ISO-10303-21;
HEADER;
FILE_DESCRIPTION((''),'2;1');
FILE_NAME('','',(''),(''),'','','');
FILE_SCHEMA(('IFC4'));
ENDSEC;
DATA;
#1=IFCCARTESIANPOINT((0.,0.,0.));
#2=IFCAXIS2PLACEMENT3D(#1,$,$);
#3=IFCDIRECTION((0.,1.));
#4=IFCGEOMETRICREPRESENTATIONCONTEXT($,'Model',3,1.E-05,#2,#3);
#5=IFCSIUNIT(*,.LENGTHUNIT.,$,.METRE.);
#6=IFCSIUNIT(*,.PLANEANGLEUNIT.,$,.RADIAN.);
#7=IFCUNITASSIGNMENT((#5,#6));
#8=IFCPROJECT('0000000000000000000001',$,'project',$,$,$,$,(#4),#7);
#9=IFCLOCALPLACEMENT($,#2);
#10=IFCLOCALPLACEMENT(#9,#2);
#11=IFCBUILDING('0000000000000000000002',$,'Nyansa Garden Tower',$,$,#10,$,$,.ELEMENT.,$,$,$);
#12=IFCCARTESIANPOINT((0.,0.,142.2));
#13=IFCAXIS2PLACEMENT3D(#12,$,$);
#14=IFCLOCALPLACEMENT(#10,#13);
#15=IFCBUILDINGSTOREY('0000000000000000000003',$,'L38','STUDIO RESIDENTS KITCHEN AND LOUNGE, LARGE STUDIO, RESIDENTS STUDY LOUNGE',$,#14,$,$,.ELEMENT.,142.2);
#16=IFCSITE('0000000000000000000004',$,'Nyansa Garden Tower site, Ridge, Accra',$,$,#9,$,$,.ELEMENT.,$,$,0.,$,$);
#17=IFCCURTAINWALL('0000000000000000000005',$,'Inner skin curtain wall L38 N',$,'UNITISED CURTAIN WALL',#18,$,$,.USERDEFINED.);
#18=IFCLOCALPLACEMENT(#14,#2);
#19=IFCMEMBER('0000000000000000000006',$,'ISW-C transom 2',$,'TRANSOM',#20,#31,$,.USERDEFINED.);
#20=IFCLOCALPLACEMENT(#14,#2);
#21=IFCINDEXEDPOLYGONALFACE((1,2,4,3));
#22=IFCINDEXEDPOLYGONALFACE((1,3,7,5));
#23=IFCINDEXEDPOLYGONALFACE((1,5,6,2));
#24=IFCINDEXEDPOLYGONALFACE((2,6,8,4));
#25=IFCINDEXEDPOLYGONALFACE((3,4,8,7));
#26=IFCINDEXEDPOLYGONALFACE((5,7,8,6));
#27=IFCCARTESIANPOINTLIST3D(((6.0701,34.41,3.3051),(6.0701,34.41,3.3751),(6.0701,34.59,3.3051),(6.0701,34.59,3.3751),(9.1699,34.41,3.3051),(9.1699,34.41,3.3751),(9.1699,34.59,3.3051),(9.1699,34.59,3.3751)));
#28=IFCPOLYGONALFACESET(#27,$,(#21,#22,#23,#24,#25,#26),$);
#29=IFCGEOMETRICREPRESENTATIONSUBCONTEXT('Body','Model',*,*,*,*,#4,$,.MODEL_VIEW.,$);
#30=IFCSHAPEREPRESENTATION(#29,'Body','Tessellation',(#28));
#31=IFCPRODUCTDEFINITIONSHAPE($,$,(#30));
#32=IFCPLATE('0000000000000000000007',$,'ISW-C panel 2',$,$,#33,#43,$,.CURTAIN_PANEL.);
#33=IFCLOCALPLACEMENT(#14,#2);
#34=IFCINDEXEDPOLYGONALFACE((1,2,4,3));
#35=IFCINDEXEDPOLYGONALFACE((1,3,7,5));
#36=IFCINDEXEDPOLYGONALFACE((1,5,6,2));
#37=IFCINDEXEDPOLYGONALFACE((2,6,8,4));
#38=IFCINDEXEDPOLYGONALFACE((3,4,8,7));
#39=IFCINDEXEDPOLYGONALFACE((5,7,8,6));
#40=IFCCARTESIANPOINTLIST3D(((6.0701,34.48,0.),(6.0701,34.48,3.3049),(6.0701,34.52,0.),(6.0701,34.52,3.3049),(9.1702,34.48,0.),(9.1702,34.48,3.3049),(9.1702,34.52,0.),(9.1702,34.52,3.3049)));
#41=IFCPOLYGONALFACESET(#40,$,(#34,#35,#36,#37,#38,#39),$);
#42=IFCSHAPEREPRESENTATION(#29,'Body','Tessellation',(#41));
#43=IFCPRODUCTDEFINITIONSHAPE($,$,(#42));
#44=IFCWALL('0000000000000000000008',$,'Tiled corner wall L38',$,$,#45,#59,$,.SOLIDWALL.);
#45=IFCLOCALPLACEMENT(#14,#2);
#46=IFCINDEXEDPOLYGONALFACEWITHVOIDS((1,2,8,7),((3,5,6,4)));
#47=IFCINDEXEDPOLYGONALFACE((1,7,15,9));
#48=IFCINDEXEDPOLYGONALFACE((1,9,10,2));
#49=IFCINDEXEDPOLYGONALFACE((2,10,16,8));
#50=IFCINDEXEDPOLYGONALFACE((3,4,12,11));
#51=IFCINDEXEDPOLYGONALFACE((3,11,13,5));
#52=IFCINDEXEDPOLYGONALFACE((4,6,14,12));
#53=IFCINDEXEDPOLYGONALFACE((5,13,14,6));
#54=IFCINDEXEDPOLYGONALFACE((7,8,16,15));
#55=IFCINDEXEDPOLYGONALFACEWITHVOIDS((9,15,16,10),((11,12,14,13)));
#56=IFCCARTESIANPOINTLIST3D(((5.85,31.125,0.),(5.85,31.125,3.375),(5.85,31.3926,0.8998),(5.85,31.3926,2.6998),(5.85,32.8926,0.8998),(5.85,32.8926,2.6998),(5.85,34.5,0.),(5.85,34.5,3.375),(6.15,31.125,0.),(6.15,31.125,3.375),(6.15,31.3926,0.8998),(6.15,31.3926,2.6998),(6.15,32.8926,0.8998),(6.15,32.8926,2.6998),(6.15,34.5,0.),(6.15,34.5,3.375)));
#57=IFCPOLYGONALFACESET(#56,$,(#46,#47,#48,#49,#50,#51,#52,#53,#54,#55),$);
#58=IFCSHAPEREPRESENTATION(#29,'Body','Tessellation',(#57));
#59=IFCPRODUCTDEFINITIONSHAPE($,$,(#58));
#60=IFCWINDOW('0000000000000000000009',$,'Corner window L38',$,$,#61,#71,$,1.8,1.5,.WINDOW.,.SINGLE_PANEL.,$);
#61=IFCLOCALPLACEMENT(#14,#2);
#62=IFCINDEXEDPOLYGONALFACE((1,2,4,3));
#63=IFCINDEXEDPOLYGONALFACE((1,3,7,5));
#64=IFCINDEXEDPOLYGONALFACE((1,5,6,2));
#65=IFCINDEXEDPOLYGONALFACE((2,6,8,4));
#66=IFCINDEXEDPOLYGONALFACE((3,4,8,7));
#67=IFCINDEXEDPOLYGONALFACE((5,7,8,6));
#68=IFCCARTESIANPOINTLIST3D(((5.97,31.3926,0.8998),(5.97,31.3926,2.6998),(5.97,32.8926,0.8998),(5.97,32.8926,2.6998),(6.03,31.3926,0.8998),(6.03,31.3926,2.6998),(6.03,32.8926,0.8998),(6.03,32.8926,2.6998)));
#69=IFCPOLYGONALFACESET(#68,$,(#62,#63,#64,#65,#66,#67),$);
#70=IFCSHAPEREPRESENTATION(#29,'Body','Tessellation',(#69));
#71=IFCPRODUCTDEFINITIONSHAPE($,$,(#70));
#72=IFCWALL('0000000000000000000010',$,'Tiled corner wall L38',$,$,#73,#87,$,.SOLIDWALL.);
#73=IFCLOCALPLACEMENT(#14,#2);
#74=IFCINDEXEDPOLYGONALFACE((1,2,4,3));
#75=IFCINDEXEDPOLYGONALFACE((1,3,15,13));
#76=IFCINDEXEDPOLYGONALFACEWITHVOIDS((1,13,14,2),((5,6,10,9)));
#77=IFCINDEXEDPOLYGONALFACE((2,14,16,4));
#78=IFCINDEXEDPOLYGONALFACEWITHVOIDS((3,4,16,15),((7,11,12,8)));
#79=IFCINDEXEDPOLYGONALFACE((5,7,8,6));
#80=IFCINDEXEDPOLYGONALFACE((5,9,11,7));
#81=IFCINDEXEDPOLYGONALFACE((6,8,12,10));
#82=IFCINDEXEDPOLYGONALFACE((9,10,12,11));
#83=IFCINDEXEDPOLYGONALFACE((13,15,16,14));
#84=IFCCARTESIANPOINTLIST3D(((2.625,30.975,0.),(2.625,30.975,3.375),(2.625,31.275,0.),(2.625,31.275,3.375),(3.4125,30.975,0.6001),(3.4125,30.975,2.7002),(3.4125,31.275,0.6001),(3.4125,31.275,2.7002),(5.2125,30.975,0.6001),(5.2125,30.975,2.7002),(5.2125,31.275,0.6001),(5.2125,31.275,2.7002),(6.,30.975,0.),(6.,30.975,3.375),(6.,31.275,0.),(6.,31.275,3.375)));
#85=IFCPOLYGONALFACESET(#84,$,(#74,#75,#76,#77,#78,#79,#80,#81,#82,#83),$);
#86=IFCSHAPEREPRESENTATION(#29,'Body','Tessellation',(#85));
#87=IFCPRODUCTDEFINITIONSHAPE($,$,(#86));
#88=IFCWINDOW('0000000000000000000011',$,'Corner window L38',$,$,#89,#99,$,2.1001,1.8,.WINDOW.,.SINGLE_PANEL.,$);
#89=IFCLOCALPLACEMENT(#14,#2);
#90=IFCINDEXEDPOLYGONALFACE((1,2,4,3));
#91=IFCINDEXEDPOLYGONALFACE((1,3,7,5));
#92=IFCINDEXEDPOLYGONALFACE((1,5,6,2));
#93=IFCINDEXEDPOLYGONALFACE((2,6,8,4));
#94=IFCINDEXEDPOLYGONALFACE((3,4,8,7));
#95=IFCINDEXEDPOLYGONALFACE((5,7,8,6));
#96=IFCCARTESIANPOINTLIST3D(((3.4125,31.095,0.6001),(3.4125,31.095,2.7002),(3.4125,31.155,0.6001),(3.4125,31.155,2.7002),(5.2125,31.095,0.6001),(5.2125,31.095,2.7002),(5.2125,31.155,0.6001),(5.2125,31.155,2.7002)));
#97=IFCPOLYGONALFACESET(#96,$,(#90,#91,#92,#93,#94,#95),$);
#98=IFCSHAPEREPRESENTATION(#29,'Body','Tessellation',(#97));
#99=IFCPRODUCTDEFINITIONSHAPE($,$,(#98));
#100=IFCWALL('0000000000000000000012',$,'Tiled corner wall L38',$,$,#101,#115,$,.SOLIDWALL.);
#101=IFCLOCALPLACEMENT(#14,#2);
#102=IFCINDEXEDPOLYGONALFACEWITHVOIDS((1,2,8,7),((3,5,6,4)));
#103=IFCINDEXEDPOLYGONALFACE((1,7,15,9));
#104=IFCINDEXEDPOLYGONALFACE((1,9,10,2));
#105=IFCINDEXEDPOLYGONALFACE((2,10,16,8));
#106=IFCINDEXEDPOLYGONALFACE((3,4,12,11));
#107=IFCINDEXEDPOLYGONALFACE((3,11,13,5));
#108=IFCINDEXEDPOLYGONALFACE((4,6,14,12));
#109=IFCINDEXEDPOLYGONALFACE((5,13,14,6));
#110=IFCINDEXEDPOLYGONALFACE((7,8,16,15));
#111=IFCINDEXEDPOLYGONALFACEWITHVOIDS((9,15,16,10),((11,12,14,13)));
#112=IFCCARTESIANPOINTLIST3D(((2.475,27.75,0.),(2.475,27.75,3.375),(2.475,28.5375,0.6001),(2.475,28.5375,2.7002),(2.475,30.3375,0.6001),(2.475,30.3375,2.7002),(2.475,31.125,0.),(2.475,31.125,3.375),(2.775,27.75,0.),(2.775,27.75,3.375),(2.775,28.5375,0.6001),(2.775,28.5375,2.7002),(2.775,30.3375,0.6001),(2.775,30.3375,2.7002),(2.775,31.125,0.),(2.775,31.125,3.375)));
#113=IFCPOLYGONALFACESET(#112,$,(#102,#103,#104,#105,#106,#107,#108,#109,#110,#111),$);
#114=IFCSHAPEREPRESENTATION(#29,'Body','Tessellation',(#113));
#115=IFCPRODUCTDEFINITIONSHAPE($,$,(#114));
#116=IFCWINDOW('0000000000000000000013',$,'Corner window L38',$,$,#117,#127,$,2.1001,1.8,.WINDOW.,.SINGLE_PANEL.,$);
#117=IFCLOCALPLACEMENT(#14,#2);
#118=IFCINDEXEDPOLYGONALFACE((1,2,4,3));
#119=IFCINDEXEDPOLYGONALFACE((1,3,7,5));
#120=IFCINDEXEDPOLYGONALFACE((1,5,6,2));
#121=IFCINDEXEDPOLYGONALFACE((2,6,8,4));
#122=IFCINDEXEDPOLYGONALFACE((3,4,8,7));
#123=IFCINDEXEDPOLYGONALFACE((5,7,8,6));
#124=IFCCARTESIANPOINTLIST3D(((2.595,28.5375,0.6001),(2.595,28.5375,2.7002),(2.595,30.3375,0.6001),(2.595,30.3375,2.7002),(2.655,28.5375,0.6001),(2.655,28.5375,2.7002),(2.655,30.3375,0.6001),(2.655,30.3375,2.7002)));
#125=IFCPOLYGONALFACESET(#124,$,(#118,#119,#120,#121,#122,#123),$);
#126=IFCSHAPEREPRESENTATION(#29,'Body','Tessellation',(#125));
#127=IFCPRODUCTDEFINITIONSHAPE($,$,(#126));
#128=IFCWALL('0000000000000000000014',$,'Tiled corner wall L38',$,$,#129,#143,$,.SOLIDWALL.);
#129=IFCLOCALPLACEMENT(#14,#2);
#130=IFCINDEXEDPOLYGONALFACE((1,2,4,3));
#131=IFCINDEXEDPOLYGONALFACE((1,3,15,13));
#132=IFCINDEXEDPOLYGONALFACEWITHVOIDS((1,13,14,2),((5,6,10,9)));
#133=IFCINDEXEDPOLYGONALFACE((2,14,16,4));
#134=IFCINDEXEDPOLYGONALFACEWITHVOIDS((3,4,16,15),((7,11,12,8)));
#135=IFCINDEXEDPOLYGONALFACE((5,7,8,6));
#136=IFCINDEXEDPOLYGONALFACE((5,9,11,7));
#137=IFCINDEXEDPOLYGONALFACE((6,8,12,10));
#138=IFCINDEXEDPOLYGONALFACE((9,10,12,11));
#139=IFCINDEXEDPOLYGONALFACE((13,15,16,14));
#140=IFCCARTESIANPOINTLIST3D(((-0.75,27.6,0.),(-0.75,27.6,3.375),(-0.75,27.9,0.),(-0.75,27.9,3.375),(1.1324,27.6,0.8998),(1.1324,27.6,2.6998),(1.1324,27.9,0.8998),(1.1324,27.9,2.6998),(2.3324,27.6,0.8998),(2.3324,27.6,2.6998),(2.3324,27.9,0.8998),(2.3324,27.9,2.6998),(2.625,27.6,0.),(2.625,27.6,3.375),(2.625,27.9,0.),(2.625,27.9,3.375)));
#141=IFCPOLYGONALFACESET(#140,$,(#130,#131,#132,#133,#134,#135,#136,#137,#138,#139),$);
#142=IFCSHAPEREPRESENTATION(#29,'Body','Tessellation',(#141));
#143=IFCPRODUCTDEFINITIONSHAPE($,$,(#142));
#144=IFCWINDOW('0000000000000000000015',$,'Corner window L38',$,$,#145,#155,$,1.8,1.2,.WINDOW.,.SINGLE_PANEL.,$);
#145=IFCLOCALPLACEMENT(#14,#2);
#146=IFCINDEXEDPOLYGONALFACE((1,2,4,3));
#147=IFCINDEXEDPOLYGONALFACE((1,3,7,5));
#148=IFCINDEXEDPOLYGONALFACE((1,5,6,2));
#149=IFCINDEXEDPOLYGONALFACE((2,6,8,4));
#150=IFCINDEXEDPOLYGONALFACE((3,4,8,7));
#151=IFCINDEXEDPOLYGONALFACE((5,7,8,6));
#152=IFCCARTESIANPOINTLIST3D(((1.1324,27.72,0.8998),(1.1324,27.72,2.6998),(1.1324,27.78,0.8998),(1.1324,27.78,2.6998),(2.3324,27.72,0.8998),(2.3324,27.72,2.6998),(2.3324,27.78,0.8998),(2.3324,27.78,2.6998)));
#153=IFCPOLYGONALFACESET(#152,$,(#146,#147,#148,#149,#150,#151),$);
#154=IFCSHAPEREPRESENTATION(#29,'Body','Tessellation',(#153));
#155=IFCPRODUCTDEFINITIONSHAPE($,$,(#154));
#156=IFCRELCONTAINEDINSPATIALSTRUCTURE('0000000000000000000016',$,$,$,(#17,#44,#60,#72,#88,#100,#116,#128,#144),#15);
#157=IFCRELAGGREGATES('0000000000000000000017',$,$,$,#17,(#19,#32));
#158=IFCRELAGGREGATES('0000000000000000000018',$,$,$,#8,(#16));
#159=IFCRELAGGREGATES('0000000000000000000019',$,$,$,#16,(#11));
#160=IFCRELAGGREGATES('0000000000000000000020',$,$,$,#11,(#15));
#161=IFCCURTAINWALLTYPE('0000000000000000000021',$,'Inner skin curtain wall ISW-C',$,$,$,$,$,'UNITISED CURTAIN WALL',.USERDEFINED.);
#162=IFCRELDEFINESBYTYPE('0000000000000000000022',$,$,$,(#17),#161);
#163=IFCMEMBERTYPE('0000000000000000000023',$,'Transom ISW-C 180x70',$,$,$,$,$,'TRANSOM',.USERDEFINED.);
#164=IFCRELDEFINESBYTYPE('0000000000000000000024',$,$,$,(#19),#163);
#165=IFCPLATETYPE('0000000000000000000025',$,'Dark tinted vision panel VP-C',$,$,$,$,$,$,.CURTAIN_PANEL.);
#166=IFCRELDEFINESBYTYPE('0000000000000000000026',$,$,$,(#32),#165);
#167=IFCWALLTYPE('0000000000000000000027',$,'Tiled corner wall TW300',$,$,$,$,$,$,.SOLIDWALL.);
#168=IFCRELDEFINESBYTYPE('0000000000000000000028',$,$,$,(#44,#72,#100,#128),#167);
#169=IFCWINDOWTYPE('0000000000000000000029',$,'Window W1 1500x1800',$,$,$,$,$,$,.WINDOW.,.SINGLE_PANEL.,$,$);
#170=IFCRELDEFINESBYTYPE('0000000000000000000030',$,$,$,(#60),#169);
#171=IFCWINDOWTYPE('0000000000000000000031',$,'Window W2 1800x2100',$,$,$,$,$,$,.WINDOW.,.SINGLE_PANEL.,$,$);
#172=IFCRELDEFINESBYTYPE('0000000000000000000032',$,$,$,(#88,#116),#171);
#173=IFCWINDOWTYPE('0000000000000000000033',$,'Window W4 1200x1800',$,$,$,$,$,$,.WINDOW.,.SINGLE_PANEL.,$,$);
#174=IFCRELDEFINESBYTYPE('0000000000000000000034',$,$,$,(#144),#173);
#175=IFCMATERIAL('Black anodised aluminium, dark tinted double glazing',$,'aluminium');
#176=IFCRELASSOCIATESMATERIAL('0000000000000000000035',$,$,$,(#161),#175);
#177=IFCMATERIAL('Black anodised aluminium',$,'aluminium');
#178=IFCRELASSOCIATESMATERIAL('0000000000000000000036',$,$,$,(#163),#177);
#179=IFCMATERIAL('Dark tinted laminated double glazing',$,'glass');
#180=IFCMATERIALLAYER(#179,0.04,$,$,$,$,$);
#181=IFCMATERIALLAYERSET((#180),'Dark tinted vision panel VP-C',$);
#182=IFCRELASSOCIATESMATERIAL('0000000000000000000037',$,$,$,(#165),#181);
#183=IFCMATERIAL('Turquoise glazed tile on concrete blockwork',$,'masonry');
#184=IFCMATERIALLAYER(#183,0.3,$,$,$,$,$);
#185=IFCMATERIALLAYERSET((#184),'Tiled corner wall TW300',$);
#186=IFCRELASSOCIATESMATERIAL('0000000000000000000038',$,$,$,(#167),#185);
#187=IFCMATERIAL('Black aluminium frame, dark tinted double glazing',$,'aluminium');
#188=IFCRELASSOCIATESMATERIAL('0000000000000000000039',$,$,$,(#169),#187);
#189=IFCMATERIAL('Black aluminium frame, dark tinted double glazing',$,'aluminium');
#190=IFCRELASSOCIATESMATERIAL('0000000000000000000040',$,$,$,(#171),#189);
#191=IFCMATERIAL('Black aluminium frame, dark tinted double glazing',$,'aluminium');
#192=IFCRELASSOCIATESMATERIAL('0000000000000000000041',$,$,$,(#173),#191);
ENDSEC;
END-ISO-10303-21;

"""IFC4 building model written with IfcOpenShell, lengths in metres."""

from ifc_helpers import new_model, si_unit, direction, frame, frame_2d, origin, origin_2d, place, context, subcontext, project, spatial, rectangle, extrude, material, layer, layer_set, material_profile, profile_set, type_object, element, fill, aggregate, save


model = new_model("IFC4")

# Units and contexts
model_context = context("Model", 3, precision=1e-05, world=origin(), true_north=direction((0.0, 1.0)))
body_context = subcontext(model_context, "Body", "Model", "MODEL_VIEW")
ifc_project = project(units=[si_unit("LENGTHUNIT", "METRE"), si_unit("PLANEANGLEUNIT", "RADIAN")], contexts=[model_context])

# Site, building, storey
site_placement = place(None, origin())
site = spatial("IfcSite", under=ifc_project, at=site_placement, Name="Nyansa Garden Tower site, Ridge, Accra", CompositionType="ELEMENT", RefElevation=0.0)
building_placement = place(site_placement, origin())
building = spatial("IfcBuilding", under=site, at=building_placement, Name="Nyansa Garden Tower", CompositionType="ELEMENT")
storey_placement = place(building_placement, frame((0.0, 0.0, 142.2)))
storey = spatial("IfcBuildingStorey", under=building, at=storey_placement, Name="L38", Description="STUDIO RESIDENTS KITCHEN AND LOUNGE, LARGE STUDIO, RESIDENTS STUDY LOUNGE", CompositionType="ELEMENT", Elevation=142.2)

# Curtain wall
ifc_material_1 = material(Name="Black anodised aluminium, dark tinted double glazing", Category="aluminium")
curtain_wall_type = type_object("IfcCurtainWallType", Name="Inner skin curtain wall ISW-C", ElementType="UNITISED CURTAIN WALL", PredefinedType="USERDEFINED", material=ifc_material_1)
curtain_wall_placement = place(storey_placement, origin())
curtain_wall = element("IfcCurtainWall", 1, at=curtain_wall_placement, inside=storey, type_object=curtain_wall_type, Name="Inner skin curtain wall L38 N", ObjectType="UNITISED CURTAIN WALL", PredefinedType="USERDEFINED")

# Member
ifc_material_2 = material(Name="Black anodised aluminium", Category="aluminium")
ifc_material_profile_1 = material_profile(ifc_material_2, rectangle(XDim=0.1799, YDim=0.0701, at=origin_2d()), Name="Transom 180x70")
ifc_profile_set_1 = profile_set([ifc_material_profile_1], Name="Black anodised aluminium")
member_type_1 = type_object("IfcMemberType", Name="Transom ISW-C 180x70", ElementType="TRANSOM", PredefinedType="USERDEFINED", material=ifc_profile_set_1)
member_1_placement = place(storey_placement, frame((9.1699, 34.5, 3.3401), z_axis=(-1.0, 0.0, 0.0), x_axis=(0.0, -1.0, 0.0)))
member_1 = element("IfcMember", 2, at=member_1_placement, type_object=member_type_1, Name="ISW-C transom 2", ObjectType="TRANSOM", PredefinedType="USERDEFINED", context=body_context, shape_type="SweptSolid", body=[
    extrude(rectangle(XDim=0.1799, YDim=0.0701, at=origin_2d()), origin(), (0.0, 0.0, 1.0), 3.0999),
])

# Plate
ifc_material_3 = material(Name="Dark tinted laminated double glazing", Category="glass")
ifc_layer_1 = layer(ifc_material_3, 0.04)
ifc_layer_set_1 = layer_set([ifc_layer_1], Name="Dark tinted vision panel VP-C")
plate_type = type_object("IfcPlateType", Name="Dark tinted vision panel VP-C", PredefinedType="CURTAIN_PANEL", material=ifc_layer_set_1)
plate_placement = place(storey_placement, frame((7.6201, 34.5, 0.0), z_axis=(0.0, 0.0, 1.0), x_axis=(-1.0, 0.0, 0.0)))
plate = element("IfcPlate", 3, at=plate_placement, type_object=plate_type, Name="ISW-C panel 2", PredefinedType="CURTAIN_PANEL", context=body_context, shape_type="SweptSolid", body=[
    extrude(rectangle(XDim=3.1001, YDim=0.04, at=origin_2d()), origin(), (0.0, 0.0, 1.0), 3.3049),
])
aggregate(curtain_wall, [member_1, plate])

# Walls, openings, windows
ifc_material_4 = material(Name="Turquoise glazed tile on concrete blockwork", Category="masonry")
ifc_layer_2 = layer(ifc_material_4, 0.3)
ifc_layer_set_2 = layer_set([ifc_layer_2], Name="Tiled corner wall TW300")
wall_type = type_object("IfcWallType", Name="Tiled corner wall TW300", PredefinedType="SOLIDWALL", material=ifc_layer_set_2)
wall_1_placement = place(storey_placement, frame((6.0, 34.5, 0.0), z_axis=(0.0, 0.0, 1.0), x_axis=(0.0, -1.0, 0.0)))
wall_1 = element("IfcWall", 4, at=wall_1_placement, inside=storey, type_object=wall_type, Name="Tiled corner wall L38", PredefinedType="SOLIDWALL", context=body_context, shape_type="SweptSolid", body=[
    extrude(rectangle(XDim=3.375, YDim=0.3, at=frame_2d((1.6875, 0.0))), origin(), (0.0, 0.0, 1.0), 3.375),
])
opening_1_placement = place(wall_1_placement, frame((1.6074, 0.0, 0.8999)))
opening_1 = element("IfcOpeningElement", 5, at=opening_1_placement, cuts=wall_1, PredefinedType="OPENING", context=body_context, shape_type="SweptSolid", body=[
    extrude(rectangle(XDim=1.5, YDim=1.8, at=frame_2d((0.75, 0.8999))), frame((0.0, 0.1599, 0.0), z_axis=(0.0, -1.0, 0.0), x_axis=(1.0, 0.0, 0.0)), (0.0, 0.0, 1.0), 0.3201),
])
ifc_material_5 = material(Name="Black aluminium frame, dark tinted double glazing", Category="aluminium")
window_type_1 = type_object("IfcWindowType", Name="Window W1 1500x1800", PartitioningType="SINGLE_PANEL", PredefinedType="WINDOW", material=ifc_material_5)
window_1_placement = place(opening_1_placement, origin())
window_1 = element("IfcWindow", 6, at=window_1_placement, inside=storey, type_object=window_type_1, Name="Corner window L38", OverallHeight=1.8, OverallWidth=1.5, PartitioningType="SINGLE_PANEL", PredefinedType="WINDOW", context=body_context, shape_type="SweptSolid", body=[
    extrude(rectangle(XDim=1.5, YDim=1.8, at=frame_2d((0.75, 0.8999))), frame((0.0, 0.03, 0.0), z_axis=(0.0, -1.0, 0.0), x_axis=(1.0, 0.0, 0.0)), (0.0, 0.0, 1.0), 0.0601),
])
fill(opening_1, window_1)
wall_2_placement = place(storey_placement, frame((6.0, 31.125, 0.0), z_axis=(0.0, 0.0, 1.0), x_axis=(-1.0, 0.0, 0.0)))
wall_2 = element("IfcWall", 7, at=wall_2_placement, inside=storey, type_object=wall_type, Name="Tiled corner wall L38", PredefinedType="SOLIDWALL", context=body_context, shape_type="SweptSolid", body=[
    extrude(rectangle(XDim=3.375, YDim=0.3, at=frame_2d((1.6875, 0.0))), origin(), (0.0, 0.0, 1.0), 3.375),
])
opening_2_placement = place(wall_2_placement, frame((0.7876, 0.0, 0.6001)))
opening_2 = element("IfcOpeningElement", 8, at=opening_2_placement, cuts=wall_2, PredefinedType="OPENING", context=body_context, shape_type="SweptSolid", body=[
    extrude(rectangle(XDim=1.8, YDim=2.1001, at=frame_2d((0.8999, 1.05))), frame((0.0, 0.1599, 0.0), z_axis=(0.0, -1.0, 0.0), x_axis=(1.0, 0.0, 0.0)), (0.0, 0.0, 1.0), 0.3201),
])
ifc_material_6 = material(Name="Black aluminium frame, dark tinted double glazing", Category="aluminium")
window_type_2 = type_object("IfcWindowType", Name="Window W2 1800x2100", PartitioningType="SINGLE_PANEL", PredefinedType="WINDOW", material=ifc_material_6)
window_2_placement = place(opening_2_placement, origin())
window_2 = element("IfcWindow", 9, at=window_2_placement, inside=storey, type_object=window_type_2, Name="Corner window L38", OverallHeight=2.1001, OverallWidth=1.8, PartitioningType="SINGLE_PANEL", PredefinedType="WINDOW", context=body_context, shape_type="SweptSolid", body=[
    extrude(rectangle(XDim=1.8, YDim=2.1001, at=frame_2d((0.8999, 1.05))), frame((0.0, 0.03, 0.0), z_axis=(0.0, -1.0, 0.0), x_axis=(1.0, 0.0, 0.0)), (0.0, 0.0, 1.0), 0.0601),
])
fill(opening_2, window_2)
wall_3_placement = place(storey_placement, frame((2.625, 31.125, 0.0), z_axis=(0.0, 0.0, 1.0), x_axis=(0.0, -1.0, 0.0)))
wall_3 = element("IfcWall", 10, at=wall_3_placement, inside=storey, type_object=wall_type, Name="Tiled corner wall L38", PredefinedType="SOLIDWALL", context=body_context, shape_type="SweptSolid", body=[
    extrude(rectangle(XDim=3.375, YDim=0.3, at=frame_2d((1.6875, 0.0))), origin(), (0.0, 0.0, 1.0), 3.375),
])
opening_3_placement = place(wall_3_placement, frame((0.7876, 0.0, 0.6001)))
opening_3 = element("IfcOpeningElement", 11, at=opening_3_placement, cuts=wall_3, PredefinedType="OPENING", context=body_context, shape_type="SweptSolid", body=[
    extrude(rectangle(XDim=1.8, YDim=2.1001, at=frame_2d((0.8999, 1.05))), frame((0.0, 0.1599, 0.0), z_axis=(0.0, -1.0, 0.0), x_axis=(1.0, 0.0, 0.0)), (0.0, 0.0, 1.0), 0.3201),
])
window_3_placement = place(opening_3_placement, origin())
window_3 = element("IfcWindow", 12, at=window_3_placement, inside=storey, type_object=window_type_2, Name="Corner window L38", OverallHeight=2.1001, OverallWidth=1.8, PartitioningType="SINGLE_PANEL", PredefinedType="WINDOW", context=body_context, shape_type="SweptSolid", body=[
    extrude(rectangle(XDim=1.8, YDim=2.1001, at=frame_2d((0.8999, 1.05))), frame((0.0, 0.03, 0.0), z_axis=(0.0, -1.0, 0.0), x_axis=(1.0, 0.0, 0.0)), (0.0, 0.0, 1.0), 0.0601),
])
fill(opening_3, window_3)
wall_4_placement = place(storey_placement, frame((2.625, 27.75, 0.0), z_axis=(0.0, 0.0, 1.0), x_axis=(-1.0, 0.0, 0.0)))
wall_4 = element("IfcWall", 13, at=wall_4_placement, inside=storey, type_object=wall_type, Name="Tiled corner wall L38", PredefinedType="SOLIDWALL", context=body_context, shape_type="SweptSolid", body=[
    extrude(rectangle(XDim=3.375, YDim=0.3, at=frame_2d((1.6875, 0.0))), origin(), (0.0, 0.0, 1.0), 3.375),
])
opening_4_placement = place(wall_4_placement, frame((0.2925, 0.0, 0.8999)))
opening_4 = element("IfcOpeningElement", 14, at=opening_4_placement, cuts=wall_4, PredefinedType="OPENING", context=body_context, shape_type="SweptSolid", body=[
    extrude(rectangle(XDim=1.2, YDim=1.8, at=frame_2d((0.6001, 0.8999))), frame((0.0, 0.1599, 0.0), z_axis=(0.0, -1.0, 0.0), x_axis=(1.0, 0.0, 0.0)), (0.0, 0.0, 1.0), 0.3201),
])
ifc_material_7 = material(Name="Black aluminium frame, dark tinted double glazing", Category="aluminium")
window_type_3 = type_object("IfcWindowType", Name="Window W4 1200x1800", PartitioningType="SINGLE_PANEL", PredefinedType="WINDOW", material=ifc_material_7)
window_4_placement = place(opening_4_placement, origin())
window_4 = element("IfcWindow", 15, at=window_4_placement, inside=storey, type_object=window_type_3, Name="Corner window L38", OverallHeight=1.8, OverallWidth=1.2, PartitioningType="SINGLE_PANEL", PredefinedType="WINDOW", context=body_context, shape_type="SweptSolid", body=[
    extrude(rectangle(XDim=1.2, YDim=1.8, at=frame_2d((0.6001, 0.8999))), frame((0.0, 0.03, 0.0), z_axis=(0.0, -1.0, 0.0), x_axis=(1.0, 0.0, 0.0)), (0.0, 0.0, 1.0), 0.0601),
])
fill(opening_4, window_4)

save(model, "model.ifc")
